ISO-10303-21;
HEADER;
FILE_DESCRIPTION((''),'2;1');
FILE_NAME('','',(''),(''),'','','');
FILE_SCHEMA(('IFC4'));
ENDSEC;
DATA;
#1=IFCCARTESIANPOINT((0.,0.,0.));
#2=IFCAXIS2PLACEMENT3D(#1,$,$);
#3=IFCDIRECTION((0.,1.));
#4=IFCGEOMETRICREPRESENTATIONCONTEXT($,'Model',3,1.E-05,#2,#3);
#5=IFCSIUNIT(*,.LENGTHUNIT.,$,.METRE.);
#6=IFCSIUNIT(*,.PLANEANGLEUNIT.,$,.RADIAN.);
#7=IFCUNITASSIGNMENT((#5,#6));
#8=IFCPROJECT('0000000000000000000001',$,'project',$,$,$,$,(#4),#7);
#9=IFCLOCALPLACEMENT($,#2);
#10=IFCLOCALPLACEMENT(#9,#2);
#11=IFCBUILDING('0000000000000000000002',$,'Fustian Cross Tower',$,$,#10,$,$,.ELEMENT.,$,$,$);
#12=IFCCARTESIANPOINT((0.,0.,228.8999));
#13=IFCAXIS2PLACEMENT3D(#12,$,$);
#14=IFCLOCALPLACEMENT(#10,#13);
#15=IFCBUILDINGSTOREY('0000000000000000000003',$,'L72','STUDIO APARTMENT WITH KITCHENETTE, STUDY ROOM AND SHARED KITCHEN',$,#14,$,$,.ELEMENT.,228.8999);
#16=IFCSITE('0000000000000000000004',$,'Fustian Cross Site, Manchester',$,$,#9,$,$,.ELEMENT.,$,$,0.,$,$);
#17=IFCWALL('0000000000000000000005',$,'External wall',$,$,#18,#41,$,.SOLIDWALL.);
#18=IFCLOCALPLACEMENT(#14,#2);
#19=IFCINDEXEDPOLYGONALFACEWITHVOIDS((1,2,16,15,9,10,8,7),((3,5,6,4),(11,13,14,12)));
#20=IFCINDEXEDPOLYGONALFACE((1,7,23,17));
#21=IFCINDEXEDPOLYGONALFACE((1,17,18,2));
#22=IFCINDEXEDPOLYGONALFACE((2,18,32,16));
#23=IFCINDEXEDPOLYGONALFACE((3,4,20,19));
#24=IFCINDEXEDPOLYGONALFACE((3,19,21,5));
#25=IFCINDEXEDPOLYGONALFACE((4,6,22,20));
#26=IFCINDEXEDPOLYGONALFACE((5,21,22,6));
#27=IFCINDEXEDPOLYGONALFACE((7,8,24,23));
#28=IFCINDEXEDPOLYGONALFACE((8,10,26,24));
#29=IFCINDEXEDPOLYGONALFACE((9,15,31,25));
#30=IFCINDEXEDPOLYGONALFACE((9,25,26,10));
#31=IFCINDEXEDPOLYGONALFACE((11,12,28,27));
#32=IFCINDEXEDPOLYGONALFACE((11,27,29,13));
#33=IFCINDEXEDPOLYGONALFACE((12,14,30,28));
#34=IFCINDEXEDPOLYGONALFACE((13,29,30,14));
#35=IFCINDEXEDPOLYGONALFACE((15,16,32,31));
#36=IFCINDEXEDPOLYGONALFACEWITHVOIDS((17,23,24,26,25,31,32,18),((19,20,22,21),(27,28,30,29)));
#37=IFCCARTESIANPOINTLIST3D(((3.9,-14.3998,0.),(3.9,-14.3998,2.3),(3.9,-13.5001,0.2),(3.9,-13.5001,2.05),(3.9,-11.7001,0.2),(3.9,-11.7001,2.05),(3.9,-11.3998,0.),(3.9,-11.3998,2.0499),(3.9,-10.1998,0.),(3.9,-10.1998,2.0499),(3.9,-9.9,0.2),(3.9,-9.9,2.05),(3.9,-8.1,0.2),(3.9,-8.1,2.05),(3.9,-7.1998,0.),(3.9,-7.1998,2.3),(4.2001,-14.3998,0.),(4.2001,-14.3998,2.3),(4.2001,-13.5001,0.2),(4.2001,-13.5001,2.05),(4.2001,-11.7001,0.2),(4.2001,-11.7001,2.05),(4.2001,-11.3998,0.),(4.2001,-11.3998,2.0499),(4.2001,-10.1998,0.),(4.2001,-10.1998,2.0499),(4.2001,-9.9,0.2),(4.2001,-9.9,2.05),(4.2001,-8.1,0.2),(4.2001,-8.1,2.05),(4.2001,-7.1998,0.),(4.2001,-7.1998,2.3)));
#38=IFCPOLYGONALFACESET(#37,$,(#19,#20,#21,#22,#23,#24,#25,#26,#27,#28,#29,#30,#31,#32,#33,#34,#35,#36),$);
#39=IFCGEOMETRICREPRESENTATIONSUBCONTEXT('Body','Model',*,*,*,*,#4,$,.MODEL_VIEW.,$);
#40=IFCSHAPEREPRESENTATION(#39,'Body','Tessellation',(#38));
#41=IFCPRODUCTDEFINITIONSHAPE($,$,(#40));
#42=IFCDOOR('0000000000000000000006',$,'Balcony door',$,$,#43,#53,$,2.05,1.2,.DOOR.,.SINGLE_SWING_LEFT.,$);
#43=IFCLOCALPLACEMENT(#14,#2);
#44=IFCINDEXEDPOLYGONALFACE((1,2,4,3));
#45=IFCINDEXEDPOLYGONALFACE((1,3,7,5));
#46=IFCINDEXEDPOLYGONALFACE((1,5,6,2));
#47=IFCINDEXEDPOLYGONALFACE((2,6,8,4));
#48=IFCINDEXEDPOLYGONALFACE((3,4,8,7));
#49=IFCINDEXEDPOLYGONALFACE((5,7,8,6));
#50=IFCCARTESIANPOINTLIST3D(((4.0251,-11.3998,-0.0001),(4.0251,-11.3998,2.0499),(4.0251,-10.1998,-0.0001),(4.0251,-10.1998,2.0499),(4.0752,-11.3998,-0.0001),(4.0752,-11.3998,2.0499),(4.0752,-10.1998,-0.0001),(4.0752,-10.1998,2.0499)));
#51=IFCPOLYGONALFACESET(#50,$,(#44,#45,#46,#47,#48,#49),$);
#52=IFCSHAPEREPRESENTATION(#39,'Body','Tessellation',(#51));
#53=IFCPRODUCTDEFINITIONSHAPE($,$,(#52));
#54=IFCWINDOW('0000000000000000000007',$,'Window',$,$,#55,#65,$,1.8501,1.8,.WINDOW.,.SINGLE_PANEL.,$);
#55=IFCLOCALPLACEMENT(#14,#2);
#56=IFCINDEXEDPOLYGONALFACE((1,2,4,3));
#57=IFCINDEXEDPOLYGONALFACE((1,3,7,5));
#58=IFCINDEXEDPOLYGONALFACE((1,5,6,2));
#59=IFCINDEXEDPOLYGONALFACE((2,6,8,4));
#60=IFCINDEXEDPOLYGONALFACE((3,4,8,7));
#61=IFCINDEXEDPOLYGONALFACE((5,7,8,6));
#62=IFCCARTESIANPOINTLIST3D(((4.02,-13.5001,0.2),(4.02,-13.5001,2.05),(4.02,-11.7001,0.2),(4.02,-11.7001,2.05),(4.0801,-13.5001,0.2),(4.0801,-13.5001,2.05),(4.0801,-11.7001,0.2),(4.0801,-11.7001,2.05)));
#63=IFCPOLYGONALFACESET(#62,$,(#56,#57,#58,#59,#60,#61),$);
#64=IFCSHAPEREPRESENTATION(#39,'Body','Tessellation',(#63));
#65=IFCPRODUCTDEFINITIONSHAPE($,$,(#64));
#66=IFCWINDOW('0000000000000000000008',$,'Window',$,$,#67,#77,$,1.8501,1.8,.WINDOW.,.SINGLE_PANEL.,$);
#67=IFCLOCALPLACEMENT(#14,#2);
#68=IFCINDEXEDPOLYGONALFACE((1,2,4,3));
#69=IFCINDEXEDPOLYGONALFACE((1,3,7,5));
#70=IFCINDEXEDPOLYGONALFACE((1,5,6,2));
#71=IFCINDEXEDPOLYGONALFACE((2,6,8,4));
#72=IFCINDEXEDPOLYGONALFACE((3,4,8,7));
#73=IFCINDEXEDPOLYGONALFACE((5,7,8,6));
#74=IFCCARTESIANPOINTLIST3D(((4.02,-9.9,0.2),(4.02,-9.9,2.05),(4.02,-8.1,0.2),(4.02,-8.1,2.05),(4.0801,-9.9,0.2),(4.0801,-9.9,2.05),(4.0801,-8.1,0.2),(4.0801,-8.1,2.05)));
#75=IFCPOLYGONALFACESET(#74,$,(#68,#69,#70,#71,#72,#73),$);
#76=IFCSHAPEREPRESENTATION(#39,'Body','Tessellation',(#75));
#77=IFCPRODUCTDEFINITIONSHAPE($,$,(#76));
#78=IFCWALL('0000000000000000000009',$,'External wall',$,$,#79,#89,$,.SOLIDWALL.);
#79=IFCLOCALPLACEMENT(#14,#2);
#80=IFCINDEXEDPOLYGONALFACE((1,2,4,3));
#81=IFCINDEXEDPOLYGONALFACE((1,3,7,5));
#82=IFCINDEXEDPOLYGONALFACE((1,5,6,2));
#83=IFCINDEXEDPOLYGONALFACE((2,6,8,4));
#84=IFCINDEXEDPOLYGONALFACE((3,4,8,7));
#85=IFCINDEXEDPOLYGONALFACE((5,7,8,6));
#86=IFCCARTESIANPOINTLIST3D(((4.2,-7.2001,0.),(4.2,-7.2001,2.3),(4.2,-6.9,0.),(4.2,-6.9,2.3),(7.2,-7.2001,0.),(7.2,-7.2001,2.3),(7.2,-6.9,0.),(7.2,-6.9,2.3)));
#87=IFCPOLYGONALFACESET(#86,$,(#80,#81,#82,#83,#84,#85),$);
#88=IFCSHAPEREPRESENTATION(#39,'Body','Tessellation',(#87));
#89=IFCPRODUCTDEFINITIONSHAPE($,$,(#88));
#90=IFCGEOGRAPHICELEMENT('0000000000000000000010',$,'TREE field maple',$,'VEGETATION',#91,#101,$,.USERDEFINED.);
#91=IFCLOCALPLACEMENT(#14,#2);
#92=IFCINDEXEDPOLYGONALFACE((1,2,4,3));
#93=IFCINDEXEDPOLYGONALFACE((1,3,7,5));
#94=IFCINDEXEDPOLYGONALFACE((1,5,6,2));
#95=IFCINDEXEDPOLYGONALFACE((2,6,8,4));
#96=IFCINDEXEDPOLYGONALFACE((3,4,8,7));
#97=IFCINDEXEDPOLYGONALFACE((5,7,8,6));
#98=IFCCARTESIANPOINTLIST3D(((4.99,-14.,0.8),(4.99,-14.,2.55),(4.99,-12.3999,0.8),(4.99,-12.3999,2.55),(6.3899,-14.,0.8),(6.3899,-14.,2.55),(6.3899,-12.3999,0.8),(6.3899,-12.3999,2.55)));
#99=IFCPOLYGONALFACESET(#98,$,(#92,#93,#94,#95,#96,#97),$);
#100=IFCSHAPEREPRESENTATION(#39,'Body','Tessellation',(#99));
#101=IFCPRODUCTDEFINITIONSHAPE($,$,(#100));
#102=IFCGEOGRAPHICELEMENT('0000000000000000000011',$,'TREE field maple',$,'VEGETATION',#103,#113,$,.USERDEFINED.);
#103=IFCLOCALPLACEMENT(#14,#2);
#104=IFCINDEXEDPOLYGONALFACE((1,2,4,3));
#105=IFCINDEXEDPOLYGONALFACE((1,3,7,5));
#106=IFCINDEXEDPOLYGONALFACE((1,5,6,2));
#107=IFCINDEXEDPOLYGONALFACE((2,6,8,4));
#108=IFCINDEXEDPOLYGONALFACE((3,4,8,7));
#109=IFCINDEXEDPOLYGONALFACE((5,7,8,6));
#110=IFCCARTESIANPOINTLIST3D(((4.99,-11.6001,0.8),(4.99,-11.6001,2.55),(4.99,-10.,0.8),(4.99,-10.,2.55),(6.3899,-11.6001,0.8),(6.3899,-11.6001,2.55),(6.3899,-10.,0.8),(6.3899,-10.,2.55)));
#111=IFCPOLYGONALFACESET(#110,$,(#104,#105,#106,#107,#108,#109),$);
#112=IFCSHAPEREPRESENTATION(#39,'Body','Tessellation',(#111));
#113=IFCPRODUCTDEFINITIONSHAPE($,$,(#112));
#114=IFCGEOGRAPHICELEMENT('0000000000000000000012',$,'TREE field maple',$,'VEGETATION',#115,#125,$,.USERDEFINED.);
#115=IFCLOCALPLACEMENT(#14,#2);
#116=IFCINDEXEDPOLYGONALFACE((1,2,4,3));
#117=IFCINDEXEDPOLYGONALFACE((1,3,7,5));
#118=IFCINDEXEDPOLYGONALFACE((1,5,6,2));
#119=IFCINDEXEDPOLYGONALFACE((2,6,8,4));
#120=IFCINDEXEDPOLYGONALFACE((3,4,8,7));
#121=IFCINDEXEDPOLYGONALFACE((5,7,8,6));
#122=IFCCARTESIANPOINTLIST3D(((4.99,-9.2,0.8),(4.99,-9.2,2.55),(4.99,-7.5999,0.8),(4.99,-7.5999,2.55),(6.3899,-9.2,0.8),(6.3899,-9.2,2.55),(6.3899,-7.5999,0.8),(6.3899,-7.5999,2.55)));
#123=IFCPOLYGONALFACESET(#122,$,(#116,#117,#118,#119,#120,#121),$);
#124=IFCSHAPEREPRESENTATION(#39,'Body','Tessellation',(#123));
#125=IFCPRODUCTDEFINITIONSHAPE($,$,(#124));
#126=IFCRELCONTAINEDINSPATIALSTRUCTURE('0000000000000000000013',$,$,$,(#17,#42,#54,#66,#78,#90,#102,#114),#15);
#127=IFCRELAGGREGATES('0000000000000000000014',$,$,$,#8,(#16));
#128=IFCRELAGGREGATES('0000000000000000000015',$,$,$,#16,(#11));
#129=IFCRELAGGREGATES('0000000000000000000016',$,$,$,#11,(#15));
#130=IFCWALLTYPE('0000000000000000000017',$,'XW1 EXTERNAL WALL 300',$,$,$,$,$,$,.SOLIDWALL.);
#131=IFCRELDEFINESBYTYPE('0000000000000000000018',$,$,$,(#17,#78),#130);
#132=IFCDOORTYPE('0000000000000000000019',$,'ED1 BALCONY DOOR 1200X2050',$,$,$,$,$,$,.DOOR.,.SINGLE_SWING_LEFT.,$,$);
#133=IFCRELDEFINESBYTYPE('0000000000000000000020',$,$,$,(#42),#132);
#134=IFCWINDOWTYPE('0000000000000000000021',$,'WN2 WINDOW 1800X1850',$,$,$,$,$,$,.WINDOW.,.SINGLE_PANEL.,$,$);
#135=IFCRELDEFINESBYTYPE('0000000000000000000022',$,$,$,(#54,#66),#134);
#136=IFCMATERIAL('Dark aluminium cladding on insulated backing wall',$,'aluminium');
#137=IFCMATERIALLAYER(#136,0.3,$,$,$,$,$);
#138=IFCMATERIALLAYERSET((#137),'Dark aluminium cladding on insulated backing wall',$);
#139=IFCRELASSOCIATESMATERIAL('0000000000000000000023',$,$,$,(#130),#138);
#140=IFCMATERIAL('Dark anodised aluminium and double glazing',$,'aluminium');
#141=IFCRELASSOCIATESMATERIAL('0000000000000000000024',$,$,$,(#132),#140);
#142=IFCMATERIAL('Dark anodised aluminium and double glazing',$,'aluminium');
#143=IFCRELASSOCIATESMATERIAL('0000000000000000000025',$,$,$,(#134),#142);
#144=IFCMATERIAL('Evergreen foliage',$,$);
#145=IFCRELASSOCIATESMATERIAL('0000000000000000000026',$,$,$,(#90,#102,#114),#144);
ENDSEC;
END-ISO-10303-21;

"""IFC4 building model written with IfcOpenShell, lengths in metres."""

from ifc_helpers import new_model, si_unit, direction, frame, frame_2d, origin, origin_2d, place, context, subcontext, project, spatial, rectangle, extrude, material, layer, layer_set, type_object, element, fill, save


model = new_model("IFC4")

# Units and contexts
model_context = context("Model", 3, precision=1e-05, world=origin(), true_north=direction((0.0, 1.0)))
body_context = subcontext(model_context, "Body", "Model", "MODEL_VIEW")
ifc_project = project(units=[si_unit("LENGTHUNIT", "METRE"), si_unit("PLANEANGLEUNIT", "RADIAN")], contexts=[model_context])

# Site, building, storey
site_placement = place(None, origin())
site = spatial("IfcSite", under=ifc_project, at=site_placement, Name="Fustian Cross Site, Manchester", CompositionType="ELEMENT", RefElevation=0.0)
building_placement = place(site_placement, origin())
building = spatial("IfcBuilding", under=site, at=building_placement, Name="Fustian Cross Tower", CompositionType="ELEMENT")
storey_placement = place(building_placement, frame((0.0, 0.0, 228.8999)))
storey = spatial("IfcBuildingStorey", under=building, at=storey_placement, Name="L72", Description="STUDIO APARTMENT WITH KITCHENETTE, STUDY ROOM AND SHARED KITCHEN", CompositionType="ELEMENT", Elevation=228.8999)

# Shared definitions
ifc_material_1 = material(Name="Dark aluminium cladding on insulated backing wall", Category="aluminium")
ifc_layer_1 = layer(ifc_material_1, 0.3)
ifc_layer_set_1 = layer_set([ifc_layer_1], Name="Dark aluminium cladding on insulated backing wall")
wall_type_1 = type_object("IfcWallType", Name="XW1 EXTERNAL WALL 300", PredefinedType="SOLIDWALL", material=ifc_layer_set_1)

# Wall, openings, door, windows
wall_1_placement = place(storey_placement, frame((4.05, -14.3999, 0.0), z_axis=(0.0, 0.0, 1.0), x_axis=(0.0, 1.0, 0.0)))
wall_1 = element("IfcWall", 1, at=wall_1_placement, inside=storey, type_object=wall_type_1, Name="External wall", PredefinedType="SOLIDWALL", context=body_context, shape_type="SweptSolid", body=[
    extrude(rectangle(XDim=7.2, YDim=0.3, at=frame_2d((3.6001, 0.0))), origin(), (0.0, 0.0, 1.0), 2.3),
])
opening_1_placement = place(wall_1_placement, frame((3.0, 0.0, 0.0)))
opening_1 = element("IfcOpeningElement", 2, at=opening_1_placement, cuts=wall_1, PredefinedType="OPENING", context=body_context, shape_type="SweptSolid", body=[
    extrude(rectangle(XDim=1.2, YDim=2.05, at=frame_2d((0.6001, 1.0249))), frame((0.0, 0.1599, 0.0), z_axis=(0.0, -1.0, 0.0), x_axis=(1.0, 0.0, 0.0)), (0.0, 0.0, 1.0), 0.3201),
])
opening_2_placement = place(wall_1_placement, frame((0.8999, 0.0, 0.2)))
opening_2 = element("IfcOpeningElement", 3, at=opening_2_placement, cuts=wall_1, PredefinedType="OPENING", context=body_context, shape_type="SweptSolid", body=[
    extrude(rectangle(XDim=1.8, YDim=1.8501, at=frame_2d((0.8999, 0.925))), frame((0.0, 0.1599, 0.0), z_axis=(0.0, -1.0, 0.0), x_axis=(1.0, 0.0, 0.0)), (0.0, 0.0, 1.0), 0.3201),
])
opening_3_placement = place(wall_1_placement, frame((4.5, 0.0, 0.2)))
opening_3 = element("IfcOpeningElement", 4, at=opening_3_placement, cuts=wall_1, PredefinedType="OPENING", context=body_context, shape_type="SweptSolid", body=[
    extrude(rectangle(XDim=1.8, YDim=1.8501, at=frame_2d((0.8999, 0.925))), frame((0.0, 0.1599, 0.0), z_axis=(0.0, -1.0, 0.0), x_axis=(1.0, 0.0, 0.0)), (0.0, 0.0, 1.0), 0.3201),
])
ifc_material_2 = material(Name="Dark anodised aluminium and double glazing", Category="aluminium")
door_type_1 = type_object("IfcDoorType", Name="ED1 BALCONY DOOR 1200X2050", OperationType="SINGLE_SWING_LEFT", PredefinedType="DOOR", material=ifc_material_2)
door_1_placement = place(opening_1_placement, origin())
door_1 = element("IfcDoor", 5, at=door_1_placement, inside=storey, type_object=door_type_1, Name="Balcony door", OperationType="SINGLE_SWING_LEFT", OverallHeight=2.05, OverallWidth=1.2, PredefinedType="DOOR", context=body_context, shape_type="SweptSolid", body=[
    extrude(rectangle(XDim=1.2, YDim=2.05, at=frame_2d((0.6001, 1.0249))), frame((0.0, 0.0249, 0.0), z_axis=(0.0, -1.0, 0.0), x_axis=(1.0, 0.0, 0.0)), (0.0, 0.0, 1.0), 0.05),
])
fill(opening_1, door_1)
ifc_material_3 = material(Name="Dark anodised aluminium and double glazing", Category="aluminium")
window_type = type_object("IfcWindowType", Name="WN2 WINDOW 1800X1850", PartitioningType="SINGLE_PANEL", PredefinedType="WINDOW", material=ifc_material_3)
window_1_placement = place(opening_2_placement, origin())
window_1 = element("IfcWindow", 6, at=window_1_placement, inside=storey, type_object=window_type, Name="Window", OverallHeight=1.8501, OverallWidth=1.8, PartitioningType="SINGLE_PANEL", PredefinedType="WINDOW", context=body_context, shape_type="SweptSolid", body=[
    extrude(rectangle(XDim=1.8, YDim=1.8501, at=frame_2d((0.8999, 0.925))), frame((0.0, 0.03, 0.0), z_axis=(0.0, -1.0, 0.0), x_axis=(1.0, 0.0, 0.0)), (0.0, 0.0, 1.0), 0.0601),
])
fill(opening_2, window_1)
window_2_placement = place(opening_3_placement, origin())
window_2 = element("IfcWindow", 7, at=window_2_placement, inside=storey, type_object=window_type, Name="Window", OverallHeight=1.8501, OverallWidth=1.8, PartitioningType="SINGLE_PANEL", PredefinedType="WINDOW", context=body_context, shape_type="SweptSolid", body=[
    extrude(rectangle(XDim=1.8, YDim=1.8501, at=frame_2d((0.8999, 0.925))), frame((0.0, 0.03, 0.0), z_axis=(0.0, -1.0, 0.0), x_axis=(1.0, 0.0, 0.0)), (0.0, 0.0, 1.0), 0.0601),
])
fill(opening_3, window_2)

# Wall
wall_2_placement = place(storey_placement, frame((4.2, -7.05, 0.0), z_axis=(0.0, 0.0, 1.0), x_axis=(1.0, 0.0, 0.0)))
element("IfcWall", 8, at=wall_2_placement, inside=storey, type_object=wall_type_1, Name="External wall", PredefinedType="SOLIDWALL", context=body_context, shape_type="SweptSolid", body=[
    extrude(rectangle(XDim=3.0, YDim=0.3, at=frame_2d((1.5, 0.0))), origin(), (0.0, 0.0, 1.0), 2.3),
])

# Geographic elements
ifc_material_4 = material(Name="Evergreen foliage")
for number, where, z_axis, x_axis, name in (
    (9, (5.6899, -13.2, 0.8), (0.0, 0.0, 1.0), (1.0, 0.0, 0.0), "TREE field maple"),
    (10, (5.6899, -10.8, 0.8), (0.0, 0.0, 1.0), (1.0, 0.0, 0.0), "TREE field maple"),
    (11, (5.6899, -8.3999, 0.8), (0.0, 0.0, 1.0), (1.0, 0.0, 0.0), "TREE field maple"),
):
    element("IfcGeographicElement", number, at=place(storey_placement, frame(where, z_axis=z_axis, x_axis=x_axis)), inside=storey, material=ifc_material_4, Name=name, ObjectType="VEGETATION", PredefinedType="USERDEFINED", context=body_context, shape_type="SweptSolid", body=[
        extrude(rectangle(XDim=1.3999, YDim=1.6001, at=origin_2d()), origin(), (0.0, 0.0, 1.0), 1.75),
    ])

save(model, "model.ifc")
